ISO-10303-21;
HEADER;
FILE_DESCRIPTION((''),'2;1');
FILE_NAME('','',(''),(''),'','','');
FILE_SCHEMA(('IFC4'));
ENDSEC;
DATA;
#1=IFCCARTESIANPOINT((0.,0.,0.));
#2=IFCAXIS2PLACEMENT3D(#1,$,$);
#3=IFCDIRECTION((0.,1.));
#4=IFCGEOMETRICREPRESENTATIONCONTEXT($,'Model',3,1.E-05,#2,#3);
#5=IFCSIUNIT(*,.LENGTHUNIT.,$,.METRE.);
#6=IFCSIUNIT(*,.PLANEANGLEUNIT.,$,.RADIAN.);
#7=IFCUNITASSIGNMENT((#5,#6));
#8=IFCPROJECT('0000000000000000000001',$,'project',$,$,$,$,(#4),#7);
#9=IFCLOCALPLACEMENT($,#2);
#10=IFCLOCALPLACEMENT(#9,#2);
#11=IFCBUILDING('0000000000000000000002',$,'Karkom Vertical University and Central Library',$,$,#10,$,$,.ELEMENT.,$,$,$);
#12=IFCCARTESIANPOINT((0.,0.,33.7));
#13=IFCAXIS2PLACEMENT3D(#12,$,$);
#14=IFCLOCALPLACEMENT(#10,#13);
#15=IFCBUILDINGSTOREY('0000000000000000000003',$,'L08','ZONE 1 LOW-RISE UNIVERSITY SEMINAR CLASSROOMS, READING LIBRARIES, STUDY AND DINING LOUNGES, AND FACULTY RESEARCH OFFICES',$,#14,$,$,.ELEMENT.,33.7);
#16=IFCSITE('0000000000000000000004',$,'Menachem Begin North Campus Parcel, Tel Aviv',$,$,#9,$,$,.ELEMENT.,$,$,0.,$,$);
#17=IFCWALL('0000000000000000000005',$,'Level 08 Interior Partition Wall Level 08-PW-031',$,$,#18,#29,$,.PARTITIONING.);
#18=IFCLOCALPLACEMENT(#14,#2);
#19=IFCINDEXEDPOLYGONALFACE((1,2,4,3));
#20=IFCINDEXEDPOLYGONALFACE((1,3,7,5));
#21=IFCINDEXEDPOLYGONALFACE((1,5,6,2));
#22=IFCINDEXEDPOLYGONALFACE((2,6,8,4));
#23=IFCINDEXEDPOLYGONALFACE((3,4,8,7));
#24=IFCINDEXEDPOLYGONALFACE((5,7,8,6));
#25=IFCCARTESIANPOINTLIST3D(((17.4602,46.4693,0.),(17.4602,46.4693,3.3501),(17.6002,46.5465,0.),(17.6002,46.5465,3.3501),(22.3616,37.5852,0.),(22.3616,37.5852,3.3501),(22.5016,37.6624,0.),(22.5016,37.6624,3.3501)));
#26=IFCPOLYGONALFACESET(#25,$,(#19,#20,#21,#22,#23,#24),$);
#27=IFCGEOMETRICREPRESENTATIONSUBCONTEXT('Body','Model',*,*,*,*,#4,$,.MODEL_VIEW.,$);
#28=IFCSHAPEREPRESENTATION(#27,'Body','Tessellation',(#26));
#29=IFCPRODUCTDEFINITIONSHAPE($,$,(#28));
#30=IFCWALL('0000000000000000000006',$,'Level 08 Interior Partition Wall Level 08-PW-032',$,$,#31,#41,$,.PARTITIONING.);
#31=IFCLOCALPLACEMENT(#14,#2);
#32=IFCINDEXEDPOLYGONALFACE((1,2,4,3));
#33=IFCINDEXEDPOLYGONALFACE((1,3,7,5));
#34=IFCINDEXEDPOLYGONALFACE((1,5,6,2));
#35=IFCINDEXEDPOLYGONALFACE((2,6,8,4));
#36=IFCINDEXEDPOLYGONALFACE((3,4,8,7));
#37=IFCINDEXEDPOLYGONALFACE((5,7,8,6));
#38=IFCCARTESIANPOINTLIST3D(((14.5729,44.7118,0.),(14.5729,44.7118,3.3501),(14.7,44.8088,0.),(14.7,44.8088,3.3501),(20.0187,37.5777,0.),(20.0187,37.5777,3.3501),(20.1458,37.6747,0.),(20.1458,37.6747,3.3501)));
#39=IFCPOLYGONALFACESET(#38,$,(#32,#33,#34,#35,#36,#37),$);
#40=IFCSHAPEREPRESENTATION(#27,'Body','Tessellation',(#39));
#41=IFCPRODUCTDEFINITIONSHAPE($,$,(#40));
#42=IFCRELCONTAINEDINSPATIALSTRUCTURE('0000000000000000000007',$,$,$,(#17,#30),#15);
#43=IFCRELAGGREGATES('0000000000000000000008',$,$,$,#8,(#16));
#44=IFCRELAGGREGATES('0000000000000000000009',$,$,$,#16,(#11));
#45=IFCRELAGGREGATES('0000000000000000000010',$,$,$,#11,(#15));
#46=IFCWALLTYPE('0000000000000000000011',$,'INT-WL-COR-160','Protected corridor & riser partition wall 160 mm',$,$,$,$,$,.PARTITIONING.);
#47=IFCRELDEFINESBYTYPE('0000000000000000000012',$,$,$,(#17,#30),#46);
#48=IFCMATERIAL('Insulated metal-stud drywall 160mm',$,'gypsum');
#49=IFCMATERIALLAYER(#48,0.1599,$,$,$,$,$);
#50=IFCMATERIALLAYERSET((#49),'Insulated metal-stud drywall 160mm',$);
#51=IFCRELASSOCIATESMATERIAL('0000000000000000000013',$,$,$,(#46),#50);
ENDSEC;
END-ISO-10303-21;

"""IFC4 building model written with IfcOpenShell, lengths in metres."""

from ifc_helpers import new_model, si_unit, direction, frame, frame_2d, origin, place, context, subcontext, project, spatial, rectangle, extrude, material, layer, layer_set, type_object, element, save


model = new_model("IFC4")

# Units and contexts
model_context = context("Model", 3, precision=1e-05, world=origin(), true_north=direction((0.0, 1.0)))
body_context = subcontext(model_context, "Body", "Model", "MODEL_VIEW")
ifc_project = project(units=[si_unit("LENGTHUNIT", "METRE"), si_unit("PLANEANGLEUNIT", "RADIAN")], contexts=[model_context])

# Site, building, storey
site_placement = place(None, origin())
site = spatial("IfcSite", under=ifc_project, at=site_placement, Name="Menachem Begin North Campus Parcel, Tel Aviv", CompositionType="ELEMENT", RefElevation=0.0)
building_placement = place(site_placement, origin())
building = spatial("IfcBuilding", under=site, at=building_placement, Name="Karkom Vertical University and Central Library", CompositionType="ELEMENT")
storey_placement = place(building_placement, frame((0.0, 0.0, 33.7)))
storey = spatial("IfcBuildingStorey", under=building, at=storey_placement, Name="L08", Description="ZONE 1 LOW-RISE UNIVERSITY SEMINAR CLASSROOMS, READING LIBRARIES, STUDY AND DINING LOUNGES, AND FACULTY RESEARCH OFFICES", CompositionType="ELEMENT", Elevation=33.7)

# Shared definitions
ifc_material_1 = material(Name="Insulated metal-stud drywall 160mm", Category="gypsum")
ifc_layer_1 = layer(ifc_material_1, 0.1599)
ifc_layer_set_1 = layer_set([ifc_layer_1], Name="Insulated metal-stud drywall 160mm")
wall_type_1 = type_object("IfcWallType", Name="INT-WL-COR-160", Description="Protected corridor & riser partition wall 160 mm", PredefinedType="PARTITIONING", material=ifc_layer_set_1)

# Walls
wall_1_placement = place(storey_placement, frame((22.4316, 37.6238, 0.0), z_axis=(0.0, 0.0, 1.0), x_axis=(-0.483065, 0.875585, 0.0)))
element("IfcWall", 1, at=wall_1_placement, inside=storey, type_object=wall_type_1, Name="Level 08 Interior Partition Wall Level 08-PW-031", PredefinedType="PARTITIONING", context=body_context, shape_type="SweptSolid", body=[
    extrude(rectangle(XDim=10.1465, YDim=0.1599, at=frame_2d((5.0732, 0.0))), origin(), (0.0, 0.0, 1.0), 3.3501),
])
wall_2_placement = place(storey_placement, frame((20.0823, 37.6262, 0.0), z_axis=(0.0, 0.0, 1.0), x_axis=(-0.606772, 0.794876, 0.0)))
element("IfcWall", 2, at=wall_2_placement, inside=storey, type_object=wall_type_1, Name="Level 08 Interior Partition Wall Level 08-PW-032", PredefinedType="PARTITIONING", context=body_context, shape_type="SweptSolid", body=[
    extrude(rectangle(XDim=8.9751, YDim=0.1599, at=frame_2d((4.4875, 0.0))), origin(), (0.0, 0.0, 1.0), 3.3501),
])

save(model, "model.ifc")
